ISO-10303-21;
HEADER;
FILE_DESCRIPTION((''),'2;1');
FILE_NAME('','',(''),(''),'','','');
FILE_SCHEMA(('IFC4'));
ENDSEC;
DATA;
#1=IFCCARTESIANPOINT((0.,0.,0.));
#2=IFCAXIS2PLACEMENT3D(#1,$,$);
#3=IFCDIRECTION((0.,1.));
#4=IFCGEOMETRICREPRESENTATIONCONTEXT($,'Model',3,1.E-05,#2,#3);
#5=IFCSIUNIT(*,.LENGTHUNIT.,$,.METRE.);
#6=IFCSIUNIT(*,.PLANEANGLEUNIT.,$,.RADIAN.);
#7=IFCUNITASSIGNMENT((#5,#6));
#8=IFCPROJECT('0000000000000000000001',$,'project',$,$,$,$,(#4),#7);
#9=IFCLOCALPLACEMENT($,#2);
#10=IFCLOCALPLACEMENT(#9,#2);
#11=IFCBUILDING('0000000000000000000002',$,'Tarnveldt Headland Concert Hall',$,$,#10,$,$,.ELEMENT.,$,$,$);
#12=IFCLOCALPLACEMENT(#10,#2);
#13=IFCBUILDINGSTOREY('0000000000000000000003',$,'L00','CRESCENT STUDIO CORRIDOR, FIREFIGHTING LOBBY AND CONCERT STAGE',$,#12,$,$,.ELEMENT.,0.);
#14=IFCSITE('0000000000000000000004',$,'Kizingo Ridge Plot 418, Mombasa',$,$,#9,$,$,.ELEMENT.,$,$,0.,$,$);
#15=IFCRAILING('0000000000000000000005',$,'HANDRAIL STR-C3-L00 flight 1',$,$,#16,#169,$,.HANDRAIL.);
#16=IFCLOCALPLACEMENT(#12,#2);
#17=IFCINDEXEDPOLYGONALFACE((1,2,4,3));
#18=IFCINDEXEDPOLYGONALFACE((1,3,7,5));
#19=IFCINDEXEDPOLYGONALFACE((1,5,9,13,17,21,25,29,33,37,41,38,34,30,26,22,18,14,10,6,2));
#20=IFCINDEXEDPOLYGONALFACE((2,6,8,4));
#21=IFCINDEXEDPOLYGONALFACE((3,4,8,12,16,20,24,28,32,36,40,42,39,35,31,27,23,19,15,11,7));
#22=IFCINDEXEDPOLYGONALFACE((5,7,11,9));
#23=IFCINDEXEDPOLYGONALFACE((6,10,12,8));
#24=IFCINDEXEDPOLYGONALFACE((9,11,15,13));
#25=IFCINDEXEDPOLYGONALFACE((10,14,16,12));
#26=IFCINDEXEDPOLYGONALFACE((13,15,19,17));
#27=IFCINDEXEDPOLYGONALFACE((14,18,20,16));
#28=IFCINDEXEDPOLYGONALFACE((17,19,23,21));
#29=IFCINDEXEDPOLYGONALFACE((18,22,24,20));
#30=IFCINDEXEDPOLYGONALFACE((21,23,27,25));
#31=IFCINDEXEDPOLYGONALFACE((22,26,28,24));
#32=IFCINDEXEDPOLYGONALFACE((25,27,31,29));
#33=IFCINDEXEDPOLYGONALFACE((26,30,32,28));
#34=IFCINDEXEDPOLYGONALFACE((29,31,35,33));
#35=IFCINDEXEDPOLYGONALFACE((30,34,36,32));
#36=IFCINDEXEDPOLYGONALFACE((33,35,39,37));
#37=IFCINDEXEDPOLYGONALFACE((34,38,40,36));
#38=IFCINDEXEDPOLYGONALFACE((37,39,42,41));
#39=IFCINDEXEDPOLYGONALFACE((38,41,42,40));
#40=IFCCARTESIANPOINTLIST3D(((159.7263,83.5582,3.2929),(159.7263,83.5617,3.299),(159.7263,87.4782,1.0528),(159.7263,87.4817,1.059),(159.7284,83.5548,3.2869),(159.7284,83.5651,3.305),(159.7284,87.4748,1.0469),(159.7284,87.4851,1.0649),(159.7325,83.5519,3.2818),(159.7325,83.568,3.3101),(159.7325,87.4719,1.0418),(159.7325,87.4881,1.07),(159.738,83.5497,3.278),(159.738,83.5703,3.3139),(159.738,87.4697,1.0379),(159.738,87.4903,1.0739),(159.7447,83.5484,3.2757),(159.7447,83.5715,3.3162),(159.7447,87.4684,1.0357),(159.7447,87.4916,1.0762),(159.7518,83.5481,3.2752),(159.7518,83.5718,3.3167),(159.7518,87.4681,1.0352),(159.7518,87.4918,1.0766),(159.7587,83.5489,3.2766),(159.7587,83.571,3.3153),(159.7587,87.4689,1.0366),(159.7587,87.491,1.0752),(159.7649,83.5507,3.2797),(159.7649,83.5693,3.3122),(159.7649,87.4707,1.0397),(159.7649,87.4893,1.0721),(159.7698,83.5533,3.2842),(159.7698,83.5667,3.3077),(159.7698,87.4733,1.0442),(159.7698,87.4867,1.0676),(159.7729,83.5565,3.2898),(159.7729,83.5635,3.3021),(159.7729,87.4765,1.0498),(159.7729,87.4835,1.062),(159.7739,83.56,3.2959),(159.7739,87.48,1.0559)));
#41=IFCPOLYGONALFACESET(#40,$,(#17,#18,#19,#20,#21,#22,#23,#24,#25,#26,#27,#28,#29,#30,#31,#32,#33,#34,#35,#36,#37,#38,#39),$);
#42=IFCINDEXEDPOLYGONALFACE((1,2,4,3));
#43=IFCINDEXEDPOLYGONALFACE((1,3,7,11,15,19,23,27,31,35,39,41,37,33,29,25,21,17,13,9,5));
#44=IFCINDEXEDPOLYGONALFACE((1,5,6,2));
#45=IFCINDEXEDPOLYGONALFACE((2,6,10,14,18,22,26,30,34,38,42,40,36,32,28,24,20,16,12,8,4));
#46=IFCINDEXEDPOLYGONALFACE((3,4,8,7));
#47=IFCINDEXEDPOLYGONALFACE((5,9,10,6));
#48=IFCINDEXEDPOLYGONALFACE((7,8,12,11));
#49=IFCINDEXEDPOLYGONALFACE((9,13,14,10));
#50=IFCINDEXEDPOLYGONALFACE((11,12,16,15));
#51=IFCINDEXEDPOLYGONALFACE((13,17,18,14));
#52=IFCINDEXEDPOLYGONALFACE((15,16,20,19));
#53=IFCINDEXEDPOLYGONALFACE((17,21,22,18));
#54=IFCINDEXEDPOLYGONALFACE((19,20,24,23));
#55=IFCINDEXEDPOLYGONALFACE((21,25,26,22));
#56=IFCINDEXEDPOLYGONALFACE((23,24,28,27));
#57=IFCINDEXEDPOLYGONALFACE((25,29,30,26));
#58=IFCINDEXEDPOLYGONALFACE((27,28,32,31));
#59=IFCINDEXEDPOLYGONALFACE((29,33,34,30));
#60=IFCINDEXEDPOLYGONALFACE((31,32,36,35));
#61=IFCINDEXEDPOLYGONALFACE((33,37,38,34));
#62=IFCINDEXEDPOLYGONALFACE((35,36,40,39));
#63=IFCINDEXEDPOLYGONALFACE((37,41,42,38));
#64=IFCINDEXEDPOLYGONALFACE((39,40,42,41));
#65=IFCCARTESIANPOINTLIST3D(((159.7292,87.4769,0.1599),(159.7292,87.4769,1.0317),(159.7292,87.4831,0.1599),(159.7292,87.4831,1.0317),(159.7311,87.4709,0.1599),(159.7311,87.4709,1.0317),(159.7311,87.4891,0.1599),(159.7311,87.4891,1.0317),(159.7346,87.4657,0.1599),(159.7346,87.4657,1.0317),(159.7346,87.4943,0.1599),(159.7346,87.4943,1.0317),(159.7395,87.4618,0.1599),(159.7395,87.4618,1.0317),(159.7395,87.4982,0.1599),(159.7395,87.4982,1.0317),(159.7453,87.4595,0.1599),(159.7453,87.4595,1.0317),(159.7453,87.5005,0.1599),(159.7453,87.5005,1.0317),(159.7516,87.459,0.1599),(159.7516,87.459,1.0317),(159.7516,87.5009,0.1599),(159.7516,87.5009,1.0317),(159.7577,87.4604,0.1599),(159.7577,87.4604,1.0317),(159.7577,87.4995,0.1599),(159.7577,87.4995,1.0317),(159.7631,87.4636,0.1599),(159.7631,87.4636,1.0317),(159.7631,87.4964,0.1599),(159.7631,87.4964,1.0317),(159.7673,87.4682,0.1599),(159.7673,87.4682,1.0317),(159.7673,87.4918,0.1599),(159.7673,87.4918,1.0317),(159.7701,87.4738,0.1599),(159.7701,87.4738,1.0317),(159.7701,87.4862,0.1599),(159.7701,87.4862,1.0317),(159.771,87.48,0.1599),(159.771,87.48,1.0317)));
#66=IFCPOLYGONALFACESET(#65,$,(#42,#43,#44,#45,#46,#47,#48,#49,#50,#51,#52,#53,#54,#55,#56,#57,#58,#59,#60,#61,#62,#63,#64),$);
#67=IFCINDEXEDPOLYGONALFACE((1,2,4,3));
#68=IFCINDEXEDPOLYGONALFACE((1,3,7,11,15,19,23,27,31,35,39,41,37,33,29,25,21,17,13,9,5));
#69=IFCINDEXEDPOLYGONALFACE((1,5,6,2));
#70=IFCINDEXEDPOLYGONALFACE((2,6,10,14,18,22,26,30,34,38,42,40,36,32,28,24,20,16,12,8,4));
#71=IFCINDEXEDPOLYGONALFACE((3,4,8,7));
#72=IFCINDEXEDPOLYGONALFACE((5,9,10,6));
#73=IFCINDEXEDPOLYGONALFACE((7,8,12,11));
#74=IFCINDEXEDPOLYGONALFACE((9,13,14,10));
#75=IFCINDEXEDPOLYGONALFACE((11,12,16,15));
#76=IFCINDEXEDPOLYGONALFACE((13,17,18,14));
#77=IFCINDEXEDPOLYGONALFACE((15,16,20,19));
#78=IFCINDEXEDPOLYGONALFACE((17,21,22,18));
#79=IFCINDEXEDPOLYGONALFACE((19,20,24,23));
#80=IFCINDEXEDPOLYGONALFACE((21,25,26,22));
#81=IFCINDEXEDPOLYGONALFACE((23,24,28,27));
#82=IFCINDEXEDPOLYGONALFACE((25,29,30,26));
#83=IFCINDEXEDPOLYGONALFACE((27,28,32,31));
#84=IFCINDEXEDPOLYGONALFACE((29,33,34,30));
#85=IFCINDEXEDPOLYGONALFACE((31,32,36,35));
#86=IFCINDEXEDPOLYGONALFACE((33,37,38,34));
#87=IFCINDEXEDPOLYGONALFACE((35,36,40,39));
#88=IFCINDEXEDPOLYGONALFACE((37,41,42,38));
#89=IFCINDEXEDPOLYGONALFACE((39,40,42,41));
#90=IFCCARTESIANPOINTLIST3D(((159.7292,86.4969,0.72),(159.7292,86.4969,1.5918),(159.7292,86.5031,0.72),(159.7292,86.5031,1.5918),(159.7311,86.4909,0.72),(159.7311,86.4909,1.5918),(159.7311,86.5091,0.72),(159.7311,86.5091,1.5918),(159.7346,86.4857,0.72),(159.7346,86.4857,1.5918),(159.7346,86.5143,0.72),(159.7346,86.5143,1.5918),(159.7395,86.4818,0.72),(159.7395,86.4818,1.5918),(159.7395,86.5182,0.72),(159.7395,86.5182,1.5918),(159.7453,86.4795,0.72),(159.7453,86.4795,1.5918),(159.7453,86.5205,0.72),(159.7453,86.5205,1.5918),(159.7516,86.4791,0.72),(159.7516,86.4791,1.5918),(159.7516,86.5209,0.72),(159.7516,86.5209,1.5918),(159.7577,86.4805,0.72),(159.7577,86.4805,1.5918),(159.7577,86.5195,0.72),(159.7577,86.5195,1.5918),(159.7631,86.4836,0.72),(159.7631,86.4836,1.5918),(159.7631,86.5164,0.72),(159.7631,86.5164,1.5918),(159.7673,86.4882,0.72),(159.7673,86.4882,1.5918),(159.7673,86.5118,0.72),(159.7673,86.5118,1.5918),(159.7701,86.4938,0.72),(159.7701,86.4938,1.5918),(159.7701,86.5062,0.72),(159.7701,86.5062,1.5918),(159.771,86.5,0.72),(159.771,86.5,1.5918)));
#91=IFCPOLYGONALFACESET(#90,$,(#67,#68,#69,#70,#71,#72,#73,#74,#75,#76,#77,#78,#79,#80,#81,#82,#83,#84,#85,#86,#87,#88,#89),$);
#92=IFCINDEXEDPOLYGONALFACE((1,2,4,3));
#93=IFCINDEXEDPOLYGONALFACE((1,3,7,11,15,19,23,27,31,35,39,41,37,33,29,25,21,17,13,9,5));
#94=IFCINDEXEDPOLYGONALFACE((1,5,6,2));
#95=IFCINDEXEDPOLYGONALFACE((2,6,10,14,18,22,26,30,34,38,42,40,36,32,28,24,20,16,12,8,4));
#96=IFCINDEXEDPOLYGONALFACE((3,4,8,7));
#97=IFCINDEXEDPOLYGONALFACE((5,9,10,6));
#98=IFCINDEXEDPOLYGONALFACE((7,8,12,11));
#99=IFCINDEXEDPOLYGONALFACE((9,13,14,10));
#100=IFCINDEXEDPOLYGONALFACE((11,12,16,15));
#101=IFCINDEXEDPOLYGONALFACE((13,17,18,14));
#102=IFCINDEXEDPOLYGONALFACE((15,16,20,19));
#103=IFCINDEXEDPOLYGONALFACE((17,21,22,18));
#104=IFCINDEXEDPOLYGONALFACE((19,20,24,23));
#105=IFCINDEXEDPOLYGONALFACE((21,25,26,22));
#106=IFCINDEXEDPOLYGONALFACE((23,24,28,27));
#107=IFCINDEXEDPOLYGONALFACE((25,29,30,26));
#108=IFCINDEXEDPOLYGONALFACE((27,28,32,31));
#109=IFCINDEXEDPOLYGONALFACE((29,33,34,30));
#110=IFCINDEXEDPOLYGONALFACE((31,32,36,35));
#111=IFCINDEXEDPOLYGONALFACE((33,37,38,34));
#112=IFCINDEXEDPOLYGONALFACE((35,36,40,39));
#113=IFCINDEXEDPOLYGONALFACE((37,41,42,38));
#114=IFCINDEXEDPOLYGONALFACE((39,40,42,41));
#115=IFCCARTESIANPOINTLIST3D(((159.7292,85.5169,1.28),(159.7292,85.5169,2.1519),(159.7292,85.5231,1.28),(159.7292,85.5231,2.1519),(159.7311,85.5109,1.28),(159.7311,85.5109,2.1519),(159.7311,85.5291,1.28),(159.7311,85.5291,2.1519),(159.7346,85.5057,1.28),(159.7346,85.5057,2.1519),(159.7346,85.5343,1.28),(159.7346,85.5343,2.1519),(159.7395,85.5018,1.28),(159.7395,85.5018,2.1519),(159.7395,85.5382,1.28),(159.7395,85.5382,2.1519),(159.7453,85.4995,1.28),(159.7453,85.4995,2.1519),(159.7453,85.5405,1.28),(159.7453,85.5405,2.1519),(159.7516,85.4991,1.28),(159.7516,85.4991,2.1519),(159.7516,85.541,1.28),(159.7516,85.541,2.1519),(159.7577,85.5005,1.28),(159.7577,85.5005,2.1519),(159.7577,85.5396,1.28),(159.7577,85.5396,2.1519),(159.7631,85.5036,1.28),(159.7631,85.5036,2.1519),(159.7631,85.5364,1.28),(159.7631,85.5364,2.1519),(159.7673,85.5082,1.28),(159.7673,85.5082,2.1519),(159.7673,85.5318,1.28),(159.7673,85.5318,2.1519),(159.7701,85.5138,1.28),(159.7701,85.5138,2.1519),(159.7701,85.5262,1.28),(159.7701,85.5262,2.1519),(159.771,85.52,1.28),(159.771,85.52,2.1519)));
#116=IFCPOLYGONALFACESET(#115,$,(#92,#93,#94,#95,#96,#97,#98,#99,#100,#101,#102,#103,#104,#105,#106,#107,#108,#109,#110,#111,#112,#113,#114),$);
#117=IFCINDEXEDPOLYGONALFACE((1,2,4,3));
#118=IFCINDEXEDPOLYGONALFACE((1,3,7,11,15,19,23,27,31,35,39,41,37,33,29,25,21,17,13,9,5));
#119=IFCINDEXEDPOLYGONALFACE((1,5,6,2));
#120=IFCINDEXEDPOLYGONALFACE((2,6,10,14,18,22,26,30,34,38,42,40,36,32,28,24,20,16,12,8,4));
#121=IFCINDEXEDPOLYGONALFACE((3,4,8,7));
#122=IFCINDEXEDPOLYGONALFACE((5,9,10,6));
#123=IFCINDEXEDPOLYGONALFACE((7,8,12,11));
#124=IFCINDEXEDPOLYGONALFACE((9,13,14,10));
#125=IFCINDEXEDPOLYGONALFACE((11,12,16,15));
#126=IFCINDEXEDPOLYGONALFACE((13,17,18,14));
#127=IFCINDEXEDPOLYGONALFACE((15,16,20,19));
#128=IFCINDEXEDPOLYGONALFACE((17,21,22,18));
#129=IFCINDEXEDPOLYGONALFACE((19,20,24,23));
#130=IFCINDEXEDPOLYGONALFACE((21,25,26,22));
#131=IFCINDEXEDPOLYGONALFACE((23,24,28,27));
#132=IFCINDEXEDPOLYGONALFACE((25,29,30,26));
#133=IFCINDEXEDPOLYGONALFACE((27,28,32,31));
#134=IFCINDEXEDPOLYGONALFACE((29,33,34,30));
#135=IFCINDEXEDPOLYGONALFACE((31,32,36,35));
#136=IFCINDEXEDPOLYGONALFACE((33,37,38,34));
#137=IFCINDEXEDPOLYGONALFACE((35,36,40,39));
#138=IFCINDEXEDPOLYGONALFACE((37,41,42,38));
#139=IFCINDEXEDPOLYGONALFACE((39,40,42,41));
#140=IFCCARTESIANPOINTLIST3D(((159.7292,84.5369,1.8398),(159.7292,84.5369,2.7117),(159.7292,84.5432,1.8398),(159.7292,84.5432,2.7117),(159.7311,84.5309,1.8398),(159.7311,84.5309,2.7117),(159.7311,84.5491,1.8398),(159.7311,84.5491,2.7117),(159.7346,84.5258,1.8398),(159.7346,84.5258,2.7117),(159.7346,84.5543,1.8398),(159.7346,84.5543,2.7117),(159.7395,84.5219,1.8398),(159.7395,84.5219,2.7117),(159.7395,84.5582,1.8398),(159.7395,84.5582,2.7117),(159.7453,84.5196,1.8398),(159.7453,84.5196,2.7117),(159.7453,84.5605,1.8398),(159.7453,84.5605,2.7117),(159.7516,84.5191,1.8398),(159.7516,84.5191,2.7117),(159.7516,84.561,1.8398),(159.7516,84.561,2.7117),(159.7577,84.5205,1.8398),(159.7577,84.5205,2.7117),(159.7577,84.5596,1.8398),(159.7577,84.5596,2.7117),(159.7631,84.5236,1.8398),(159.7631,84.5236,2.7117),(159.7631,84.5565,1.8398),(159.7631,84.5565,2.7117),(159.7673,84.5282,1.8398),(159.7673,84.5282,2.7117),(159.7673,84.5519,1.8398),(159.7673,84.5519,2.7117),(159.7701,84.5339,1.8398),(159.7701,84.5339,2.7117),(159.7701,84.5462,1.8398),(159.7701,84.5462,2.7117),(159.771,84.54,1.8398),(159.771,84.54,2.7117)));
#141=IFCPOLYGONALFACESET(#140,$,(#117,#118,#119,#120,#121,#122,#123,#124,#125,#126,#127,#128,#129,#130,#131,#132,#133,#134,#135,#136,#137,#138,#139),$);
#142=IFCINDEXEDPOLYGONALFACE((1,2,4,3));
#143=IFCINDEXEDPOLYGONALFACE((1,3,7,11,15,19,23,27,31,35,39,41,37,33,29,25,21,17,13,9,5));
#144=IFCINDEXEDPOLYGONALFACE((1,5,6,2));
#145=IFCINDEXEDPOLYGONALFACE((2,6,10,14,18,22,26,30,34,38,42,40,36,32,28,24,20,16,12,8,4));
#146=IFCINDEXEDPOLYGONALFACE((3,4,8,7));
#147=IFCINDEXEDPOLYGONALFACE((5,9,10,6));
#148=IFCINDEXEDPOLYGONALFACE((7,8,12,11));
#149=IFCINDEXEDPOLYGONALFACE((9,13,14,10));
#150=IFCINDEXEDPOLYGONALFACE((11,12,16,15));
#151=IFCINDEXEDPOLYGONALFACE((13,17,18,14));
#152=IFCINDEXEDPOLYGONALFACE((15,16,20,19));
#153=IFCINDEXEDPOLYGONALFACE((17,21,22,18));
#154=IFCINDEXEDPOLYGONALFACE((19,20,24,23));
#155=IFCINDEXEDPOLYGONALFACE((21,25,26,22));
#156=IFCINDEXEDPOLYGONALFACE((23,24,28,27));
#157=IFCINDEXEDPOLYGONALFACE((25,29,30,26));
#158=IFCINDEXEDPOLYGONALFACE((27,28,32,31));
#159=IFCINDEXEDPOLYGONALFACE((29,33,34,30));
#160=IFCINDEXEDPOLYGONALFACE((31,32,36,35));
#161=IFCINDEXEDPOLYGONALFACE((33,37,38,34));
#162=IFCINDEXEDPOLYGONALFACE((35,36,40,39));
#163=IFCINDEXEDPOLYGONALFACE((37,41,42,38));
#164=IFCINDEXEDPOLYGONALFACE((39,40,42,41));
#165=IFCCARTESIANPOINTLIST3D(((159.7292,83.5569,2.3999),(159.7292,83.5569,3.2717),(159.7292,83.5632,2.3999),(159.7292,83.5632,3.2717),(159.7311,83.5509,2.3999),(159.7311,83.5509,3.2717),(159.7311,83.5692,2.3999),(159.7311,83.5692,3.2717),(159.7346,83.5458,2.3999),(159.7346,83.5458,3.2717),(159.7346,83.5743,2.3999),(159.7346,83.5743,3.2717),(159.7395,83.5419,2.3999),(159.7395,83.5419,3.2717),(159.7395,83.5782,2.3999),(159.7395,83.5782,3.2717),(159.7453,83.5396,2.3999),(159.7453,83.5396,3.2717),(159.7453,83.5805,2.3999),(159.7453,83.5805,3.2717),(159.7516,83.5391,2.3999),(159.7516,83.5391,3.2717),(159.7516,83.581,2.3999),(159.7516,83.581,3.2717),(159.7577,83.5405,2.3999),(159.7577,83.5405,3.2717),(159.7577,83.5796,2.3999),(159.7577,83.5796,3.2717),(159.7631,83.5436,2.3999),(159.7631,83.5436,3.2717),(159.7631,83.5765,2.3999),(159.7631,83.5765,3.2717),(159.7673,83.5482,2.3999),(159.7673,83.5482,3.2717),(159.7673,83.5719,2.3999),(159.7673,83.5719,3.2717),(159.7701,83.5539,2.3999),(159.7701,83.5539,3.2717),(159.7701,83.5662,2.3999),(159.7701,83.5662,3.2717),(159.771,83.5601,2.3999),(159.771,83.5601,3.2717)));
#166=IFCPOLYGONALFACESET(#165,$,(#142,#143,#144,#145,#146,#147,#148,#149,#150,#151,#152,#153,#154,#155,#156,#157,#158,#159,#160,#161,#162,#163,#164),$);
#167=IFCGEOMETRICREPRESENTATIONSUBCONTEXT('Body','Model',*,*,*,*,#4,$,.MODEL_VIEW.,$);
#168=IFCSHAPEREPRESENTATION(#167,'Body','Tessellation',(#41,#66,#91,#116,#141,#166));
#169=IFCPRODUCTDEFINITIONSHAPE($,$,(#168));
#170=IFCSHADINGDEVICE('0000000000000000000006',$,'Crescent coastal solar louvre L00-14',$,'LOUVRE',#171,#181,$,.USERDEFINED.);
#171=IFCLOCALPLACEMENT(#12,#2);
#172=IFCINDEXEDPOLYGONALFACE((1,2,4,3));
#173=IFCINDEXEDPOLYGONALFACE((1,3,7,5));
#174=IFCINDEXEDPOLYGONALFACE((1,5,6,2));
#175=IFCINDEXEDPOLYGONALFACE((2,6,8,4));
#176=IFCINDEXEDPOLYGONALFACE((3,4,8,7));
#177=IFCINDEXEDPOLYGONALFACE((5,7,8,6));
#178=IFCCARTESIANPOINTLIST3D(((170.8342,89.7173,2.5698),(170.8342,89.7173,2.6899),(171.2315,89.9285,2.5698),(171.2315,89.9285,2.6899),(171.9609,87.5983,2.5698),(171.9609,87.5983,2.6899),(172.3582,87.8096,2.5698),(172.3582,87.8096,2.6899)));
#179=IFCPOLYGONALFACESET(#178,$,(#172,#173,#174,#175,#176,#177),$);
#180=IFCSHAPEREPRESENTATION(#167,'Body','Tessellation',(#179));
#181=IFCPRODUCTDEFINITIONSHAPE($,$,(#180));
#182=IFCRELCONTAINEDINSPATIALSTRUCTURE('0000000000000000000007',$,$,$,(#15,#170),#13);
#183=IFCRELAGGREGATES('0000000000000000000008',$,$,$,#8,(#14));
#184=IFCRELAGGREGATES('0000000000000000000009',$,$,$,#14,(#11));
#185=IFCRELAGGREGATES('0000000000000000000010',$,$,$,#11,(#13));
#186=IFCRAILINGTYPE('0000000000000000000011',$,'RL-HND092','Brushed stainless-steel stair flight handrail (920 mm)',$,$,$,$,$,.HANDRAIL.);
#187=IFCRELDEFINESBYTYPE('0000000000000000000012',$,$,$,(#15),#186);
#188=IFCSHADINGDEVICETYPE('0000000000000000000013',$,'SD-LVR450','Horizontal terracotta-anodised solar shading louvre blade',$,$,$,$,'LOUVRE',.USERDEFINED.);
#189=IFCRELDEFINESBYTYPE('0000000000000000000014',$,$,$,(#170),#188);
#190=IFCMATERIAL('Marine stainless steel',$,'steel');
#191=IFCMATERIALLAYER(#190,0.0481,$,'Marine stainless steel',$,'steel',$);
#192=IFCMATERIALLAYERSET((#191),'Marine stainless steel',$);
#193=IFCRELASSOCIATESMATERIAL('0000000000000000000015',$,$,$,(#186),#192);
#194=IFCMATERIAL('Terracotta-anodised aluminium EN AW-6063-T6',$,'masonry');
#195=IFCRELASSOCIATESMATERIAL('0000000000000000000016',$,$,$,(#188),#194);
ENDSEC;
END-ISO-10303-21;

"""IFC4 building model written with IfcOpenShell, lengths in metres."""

from ifc_helpers import new_model, si_unit, direction, frame, origin, origin_2d, place, context, subcontext, project, spatial, rectangle, circle, extrude, material, layer, layer_set, type_object, element, save


model = new_model("IFC4")

# Units and contexts
model_context = context("Model", 3, precision=1e-05, world=origin(), true_north=direction((0.0, 1.0)))
body_context = subcontext(model_context, "Body", "Model", "MODEL_VIEW")
ifc_project = project(units=[si_unit("LENGTHUNIT", "METRE"), si_unit("PLANEANGLEUNIT", "RADIAN")], contexts=[model_context])

# Site, building, storey
site_placement = place(None, origin())
site = spatial("IfcSite", under=ifc_project, at=site_placement, Name="Kizingo Ridge Plot 418, Mombasa", CompositionType="ELEMENT", RefElevation=0.0)
building_placement = place(site_placement, origin())
building = spatial("IfcBuilding", under=site, at=building_placement, Name="Tarnveldt Headland Concert Hall", CompositionType="ELEMENT")
storey_placement = place(building_placement, origin())
storey = spatial("IfcBuildingStorey", under=building, at=storey_placement, Name="L00", Description="CRESCENT STUDIO CORRIDOR, FIREFIGHTING LOBBY AND CONCERT STAGE", CompositionType="ELEMENT", Elevation=0.0)

# Railing
ifc_material_1 = material(Name="Marine stainless steel", Category="steel")
ifc_layer_1 = layer(ifc_material_1, 0.0481, Name="Marine stainless steel", Category="steel")
ifc_layer_set_1 = layer_set([ifc_layer_1], Name="Marine stainless steel")
railing_type = type_object("IfcRailingType", Name="RL-HND092", Description="Brushed stainless-steel stair flight handrail (920 mm)", PredefinedType="HANDRAIL", material=ifc_layer_set_1)
railing_placement = place(storey_placement, frame((159.75, 87.48, 0.1599)))
element("IfcRailing", 1, at=railing_placement, inside=storey, type_object=railing_type, Name="HANDRAIL STR-C3-L00 flight 1", PredefinedType="HANDRAIL", context=body_context, shape_type="SweptSolid", body=[
    extrude(circle(Radius=0.0239, at=origin_2d()), frame((0.0, 0.0, 0.896), z_axis=(0.0, -0.86824, 0.496145), x_axis=(1.0, 0.0, 0.0)), (0.0, 0.0, 1.0), 4.5149),
    extrude(circle(Radius=0.021, at=origin_2d()), origin(), (0.0, 0.0, 1.0), 0.8718),
    extrude(circle(Radius=0.021, at=origin_2d()), frame((0.0, -0.98, 0.5601)), (0.0, 0.0, 1.0), 0.8718),
    extrude(circle(Radius=0.021, at=origin_2d()), frame((0.0, -1.96, 1.1201)), (0.0, 0.0, 1.0), 0.8718),
    extrude(circle(Radius=0.021, at=origin_2d()), frame((0.0, -2.9399, 1.6799)), (0.0, 0.0, 1.0), 0.8718),
    extrude(circle(Radius=0.021, at=origin_2d()), frame((0.0, -3.9199, 2.24)), (0.0, 0.0, 1.0), 0.8718),
])

# Shading device
ifc_material_2 = material(Name="Terracotta-anodised aluminium EN AW-6063-T6", Category="masonry")
shading_device_type = type_object("IfcShadingDeviceType", Name="SD-LVR450", Description="Horizontal terracotta-anodised solar shading louvre blade", ElementType="LOUVRE", PredefinedType="USERDEFINED", material=ifc_material_2)
shading_device_placement = place(storey_placement, frame((171.5962, 88.7634, 2.5698), z_axis=(0.0, 0.0, 1.0), x_axis=(0.882948, 0.469472, 0.0)))
element("IfcShadingDevice", 2, at=shading_device_placement, inside=storey, type_object=shading_device_type, Name="Crescent coastal solar louvre L00-14", ObjectType="LOUVRE", PredefinedType="USERDEFINED", context=body_context, shape_type="SweptSolid", body=[
    extrude(rectangle(XDim=0.45, YDim=2.3999, at=origin_2d()), origin(), (0.0, 0.0, 1.0), 0.1201),
])

save(model, "model.ifc")
